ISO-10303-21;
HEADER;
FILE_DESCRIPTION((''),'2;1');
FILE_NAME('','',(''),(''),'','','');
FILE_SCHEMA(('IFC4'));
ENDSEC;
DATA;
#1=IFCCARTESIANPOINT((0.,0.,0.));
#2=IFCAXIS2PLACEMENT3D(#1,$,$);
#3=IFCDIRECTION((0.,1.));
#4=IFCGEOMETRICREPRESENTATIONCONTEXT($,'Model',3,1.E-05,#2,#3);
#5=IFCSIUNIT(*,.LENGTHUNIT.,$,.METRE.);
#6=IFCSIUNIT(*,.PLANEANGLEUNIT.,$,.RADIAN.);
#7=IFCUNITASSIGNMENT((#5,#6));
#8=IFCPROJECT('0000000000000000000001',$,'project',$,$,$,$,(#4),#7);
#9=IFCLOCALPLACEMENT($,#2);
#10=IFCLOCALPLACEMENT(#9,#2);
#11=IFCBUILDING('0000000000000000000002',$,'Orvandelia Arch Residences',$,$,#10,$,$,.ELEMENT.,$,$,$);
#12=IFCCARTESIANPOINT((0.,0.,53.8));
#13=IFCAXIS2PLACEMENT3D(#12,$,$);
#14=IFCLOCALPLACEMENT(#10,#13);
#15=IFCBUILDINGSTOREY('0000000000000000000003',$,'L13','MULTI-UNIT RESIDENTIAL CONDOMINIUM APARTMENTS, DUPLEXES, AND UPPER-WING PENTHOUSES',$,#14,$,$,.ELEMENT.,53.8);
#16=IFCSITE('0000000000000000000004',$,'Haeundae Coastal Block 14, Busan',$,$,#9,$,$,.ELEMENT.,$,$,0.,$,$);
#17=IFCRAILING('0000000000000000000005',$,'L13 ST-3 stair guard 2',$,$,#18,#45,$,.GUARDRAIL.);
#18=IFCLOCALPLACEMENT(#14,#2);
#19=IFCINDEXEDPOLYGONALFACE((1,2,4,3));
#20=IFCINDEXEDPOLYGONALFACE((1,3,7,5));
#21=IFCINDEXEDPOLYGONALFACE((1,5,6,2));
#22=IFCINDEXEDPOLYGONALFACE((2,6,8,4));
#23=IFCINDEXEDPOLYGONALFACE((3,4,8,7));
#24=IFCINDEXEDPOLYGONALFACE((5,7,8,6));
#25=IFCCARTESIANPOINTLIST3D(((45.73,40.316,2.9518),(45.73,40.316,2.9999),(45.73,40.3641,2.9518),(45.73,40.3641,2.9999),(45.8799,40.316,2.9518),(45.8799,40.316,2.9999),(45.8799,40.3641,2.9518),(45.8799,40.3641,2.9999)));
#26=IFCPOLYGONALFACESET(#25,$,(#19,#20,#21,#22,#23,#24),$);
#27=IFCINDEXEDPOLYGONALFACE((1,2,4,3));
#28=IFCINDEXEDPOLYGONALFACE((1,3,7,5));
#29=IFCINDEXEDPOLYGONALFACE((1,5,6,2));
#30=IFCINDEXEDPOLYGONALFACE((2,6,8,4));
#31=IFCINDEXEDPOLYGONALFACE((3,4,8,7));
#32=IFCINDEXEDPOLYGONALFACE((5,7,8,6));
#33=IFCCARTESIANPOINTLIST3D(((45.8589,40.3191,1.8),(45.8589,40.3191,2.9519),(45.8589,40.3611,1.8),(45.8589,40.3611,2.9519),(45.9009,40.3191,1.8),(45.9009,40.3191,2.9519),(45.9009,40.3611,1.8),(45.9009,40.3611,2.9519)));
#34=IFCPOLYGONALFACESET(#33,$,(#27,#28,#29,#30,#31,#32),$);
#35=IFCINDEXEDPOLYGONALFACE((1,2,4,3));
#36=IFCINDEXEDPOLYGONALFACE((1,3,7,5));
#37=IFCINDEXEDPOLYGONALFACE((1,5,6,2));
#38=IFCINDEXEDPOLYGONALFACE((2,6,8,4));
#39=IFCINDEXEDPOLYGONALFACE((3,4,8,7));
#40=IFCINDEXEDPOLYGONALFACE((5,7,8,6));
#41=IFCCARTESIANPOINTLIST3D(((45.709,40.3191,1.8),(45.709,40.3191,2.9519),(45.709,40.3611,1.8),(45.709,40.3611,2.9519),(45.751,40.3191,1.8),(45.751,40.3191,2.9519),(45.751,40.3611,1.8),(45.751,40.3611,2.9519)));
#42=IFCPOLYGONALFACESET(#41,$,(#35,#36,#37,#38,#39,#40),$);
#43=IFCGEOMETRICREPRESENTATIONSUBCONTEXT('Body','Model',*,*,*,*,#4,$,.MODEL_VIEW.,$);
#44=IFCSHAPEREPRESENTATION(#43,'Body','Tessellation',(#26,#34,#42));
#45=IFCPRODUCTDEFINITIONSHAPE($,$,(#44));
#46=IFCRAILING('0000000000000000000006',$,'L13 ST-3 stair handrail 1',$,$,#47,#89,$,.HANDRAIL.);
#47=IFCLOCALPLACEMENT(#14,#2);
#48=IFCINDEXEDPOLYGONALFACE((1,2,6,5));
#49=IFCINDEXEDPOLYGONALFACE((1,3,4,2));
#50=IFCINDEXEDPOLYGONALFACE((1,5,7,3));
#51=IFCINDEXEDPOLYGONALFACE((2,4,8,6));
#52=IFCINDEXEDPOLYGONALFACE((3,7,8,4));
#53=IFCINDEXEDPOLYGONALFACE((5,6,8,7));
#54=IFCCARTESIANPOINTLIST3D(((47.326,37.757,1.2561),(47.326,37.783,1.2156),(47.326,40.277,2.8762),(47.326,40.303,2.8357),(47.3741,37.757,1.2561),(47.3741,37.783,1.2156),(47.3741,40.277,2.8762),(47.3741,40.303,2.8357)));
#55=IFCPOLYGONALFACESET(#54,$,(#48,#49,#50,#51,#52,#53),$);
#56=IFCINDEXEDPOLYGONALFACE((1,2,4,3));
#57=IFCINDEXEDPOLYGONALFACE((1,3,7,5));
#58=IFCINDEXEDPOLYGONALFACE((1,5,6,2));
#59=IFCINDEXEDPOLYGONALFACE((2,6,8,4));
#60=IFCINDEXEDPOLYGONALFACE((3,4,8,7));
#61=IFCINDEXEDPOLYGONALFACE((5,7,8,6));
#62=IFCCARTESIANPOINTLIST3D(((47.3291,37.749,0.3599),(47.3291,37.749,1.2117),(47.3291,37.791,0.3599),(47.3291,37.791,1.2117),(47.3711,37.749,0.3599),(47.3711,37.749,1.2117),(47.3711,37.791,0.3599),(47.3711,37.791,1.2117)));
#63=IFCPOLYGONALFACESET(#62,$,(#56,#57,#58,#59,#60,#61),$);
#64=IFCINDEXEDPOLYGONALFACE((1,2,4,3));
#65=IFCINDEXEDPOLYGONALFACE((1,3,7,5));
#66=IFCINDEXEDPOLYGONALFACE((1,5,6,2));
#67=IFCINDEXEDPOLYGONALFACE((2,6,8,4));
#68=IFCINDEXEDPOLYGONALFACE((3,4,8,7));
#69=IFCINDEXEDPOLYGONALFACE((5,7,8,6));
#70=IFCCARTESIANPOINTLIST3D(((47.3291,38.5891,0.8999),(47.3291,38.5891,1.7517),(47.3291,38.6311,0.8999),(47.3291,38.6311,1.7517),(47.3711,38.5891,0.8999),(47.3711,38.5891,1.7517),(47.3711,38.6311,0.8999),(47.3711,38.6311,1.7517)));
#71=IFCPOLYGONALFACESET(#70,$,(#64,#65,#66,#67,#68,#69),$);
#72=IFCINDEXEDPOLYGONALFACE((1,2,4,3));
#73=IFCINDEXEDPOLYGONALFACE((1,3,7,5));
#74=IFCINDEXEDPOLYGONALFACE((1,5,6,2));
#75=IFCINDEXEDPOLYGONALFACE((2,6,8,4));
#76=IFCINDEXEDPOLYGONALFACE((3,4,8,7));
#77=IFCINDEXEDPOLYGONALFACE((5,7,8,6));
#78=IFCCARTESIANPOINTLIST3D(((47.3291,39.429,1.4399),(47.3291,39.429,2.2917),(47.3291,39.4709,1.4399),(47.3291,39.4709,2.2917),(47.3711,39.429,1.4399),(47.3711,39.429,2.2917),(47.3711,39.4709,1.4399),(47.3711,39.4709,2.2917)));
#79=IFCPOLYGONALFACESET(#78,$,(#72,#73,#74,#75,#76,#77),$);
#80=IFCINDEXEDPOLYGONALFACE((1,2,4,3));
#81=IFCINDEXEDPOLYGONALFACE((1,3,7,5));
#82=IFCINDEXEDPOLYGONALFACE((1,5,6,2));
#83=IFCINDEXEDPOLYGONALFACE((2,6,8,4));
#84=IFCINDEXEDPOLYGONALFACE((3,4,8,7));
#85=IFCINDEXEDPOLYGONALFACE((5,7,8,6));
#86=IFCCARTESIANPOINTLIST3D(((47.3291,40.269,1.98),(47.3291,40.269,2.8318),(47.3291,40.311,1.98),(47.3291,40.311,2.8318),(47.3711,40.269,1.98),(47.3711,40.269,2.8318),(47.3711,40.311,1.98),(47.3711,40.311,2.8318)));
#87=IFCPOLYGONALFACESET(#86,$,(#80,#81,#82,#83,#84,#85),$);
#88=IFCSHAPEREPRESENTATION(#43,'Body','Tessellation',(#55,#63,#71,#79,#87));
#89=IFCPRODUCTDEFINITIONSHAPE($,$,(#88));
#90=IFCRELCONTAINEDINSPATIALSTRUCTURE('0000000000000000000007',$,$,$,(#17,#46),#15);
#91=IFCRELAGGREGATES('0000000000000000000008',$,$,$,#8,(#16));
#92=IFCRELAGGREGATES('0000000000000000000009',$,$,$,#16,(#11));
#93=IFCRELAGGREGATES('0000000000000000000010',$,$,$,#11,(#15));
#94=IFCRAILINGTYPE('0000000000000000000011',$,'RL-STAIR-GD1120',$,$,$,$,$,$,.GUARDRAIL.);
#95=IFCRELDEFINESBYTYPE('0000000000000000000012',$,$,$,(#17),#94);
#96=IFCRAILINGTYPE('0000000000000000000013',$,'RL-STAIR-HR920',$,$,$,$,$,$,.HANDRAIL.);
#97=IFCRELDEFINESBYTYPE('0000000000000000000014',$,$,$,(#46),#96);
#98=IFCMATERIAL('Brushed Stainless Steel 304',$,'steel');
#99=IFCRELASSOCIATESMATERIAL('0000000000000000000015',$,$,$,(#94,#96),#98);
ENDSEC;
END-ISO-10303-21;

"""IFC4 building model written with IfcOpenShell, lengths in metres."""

from ifc_helpers import new_model, si_unit, direction, frame, origin, origin_2d, place, context, subcontext, project, spatial, rectangle, extrude, material, type_object, element, save


model = new_model("IFC4")

# Units and contexts
model_context = context("Model", 3, precision=1e-05, world=origin(), true_north=direction((0.0, 1.0)))
body_context = subcontext(model_context, "Body", "Model", "MODEL_VIEW")
ifc_project = project(units=[si_unit("LENGTHUNIT", "METRE"), si_unit("PLANEANGLEUNIT", "RADIAN")], contexts=[model_context])

# Site, building, storey
site_placement = place(None, origin())
site = spatial("IfcSite", under=ifc_project, at=site_placement, Name="Haeundae Coastal Block 14, Busan", CompositionType="ELEMENT", RefElevation=0.0)
building_placement = place(site_placement, origin())
building = spatial("IfcBuilding", under=site, at=building_placement, Name="Orvandelia Arch Residences", CompositionType="ELEMENT")
storey_placement = place(building_placement, frame((0.0, 0.0, 53.8)))
storey = spatial("IfcBuildingStorey", under=building, at=storey_placement, Name="L13", Description="MULTI-UNIT RESIDENTIAL CONDOMINIUM APARTMENTS, DUPLEXES, AND UPPER-WING PENTHOUSES", CompositionType="ELEMENT", Elevation=53.8)

# Railings
ifc_material_1 = material(Name="Brushed Stainless Steel 304", Category="steel")
railing_type_1 = type_object("IfcRailingType", Name="RL-STAIR-GD1120", PredefinedType="GUARDRAIL", material=ifc_material_1)
railing_1_placement = place(storey_placement, frame((45.8799, 40.3401, 1.8)))
element("IfcRailing", 1, at=railing_1_placement, inside=storey, type_object=railing_type_1, Name="L13 ST-3 stair guard 2", PredefinedType="GUARDRAIL", context=body_context, shape_type="SweptSolid", body=[
    extrude(rectangle(XDim=0.0481, YDim=0.0481, at=origin_2d()), frame((0.0, 0.0, 1.1758), z_axis=(-1.0, 0.0, 0.0), x_axis=(0.0, -1.0, 0.0)), (0.0, 0.0, 1.0), 0.1499),
    extrude(rectangle(XDim=0.042, YDim=0.042, at=origin_2d()), origin(), (0.0, 0.0, 1.0), 1.1519),
    extrude(rectangle(XDim=0.042, YDim=0.042, at=origin_2d()), frame((-0.1499, 0.0, 0.0)), (0.0, 0.0, 1.0), 1.1519),
])
railing_type_2 = type_object("IfcRailingType", Name="RL-STAIR-HR920", PredefinedType="HANDRAIL", material=ifc_material_1)
railing_2_placement = place(storey_placement, frame((47.3501, 37.77, 0.3599)))
element("IfcRailing", 2, at=railing_2_placement, inside=storey, type_object=railing_type_2, Name="L13 ST-3 stair handrail 1", PredefinedType="HANDRAIL", context=body_context, shape_type="SweptSolid", body=[
    extrude(rectangle(XDim=0.0481, YDim=0.0481, at=origin_2d()), frame((0.0, 0.0, 0.876), z_axis=(0.0, 0.841163, 0.540782), x_axis=(-1.0, 0.0, 0.0)), (0.0, 0.0, 1.0), 2.9958),
    extrude(rectangle(XDim=0.042, YDim=0.042, at=origin_2d()), origin(), (0.0, 0.0, 1.0), 0.8518),
    extrude(rectangle(XDim=0.042, YDim=0.042, at=origin_2d()), frame((0.0, 0.8401, 0.54)), (0.0, 0.0, 1.0), 0.8518),
    extrude(rectangle(XDim=0.042, YDim=0.042, at=origin_2d()), frame((0.0, 1.6799, 1.0801)), (0.0, 0.0, 1.0), 0.8518),
    extrude(rectangle(XDim=0.042, YDim=0.042, at=origin_2d()), frame((0.0, 2.52, 1.6201)), (0.0, 0.0, 1.0), 0.8518),
])

save(model, "model.ifc")
